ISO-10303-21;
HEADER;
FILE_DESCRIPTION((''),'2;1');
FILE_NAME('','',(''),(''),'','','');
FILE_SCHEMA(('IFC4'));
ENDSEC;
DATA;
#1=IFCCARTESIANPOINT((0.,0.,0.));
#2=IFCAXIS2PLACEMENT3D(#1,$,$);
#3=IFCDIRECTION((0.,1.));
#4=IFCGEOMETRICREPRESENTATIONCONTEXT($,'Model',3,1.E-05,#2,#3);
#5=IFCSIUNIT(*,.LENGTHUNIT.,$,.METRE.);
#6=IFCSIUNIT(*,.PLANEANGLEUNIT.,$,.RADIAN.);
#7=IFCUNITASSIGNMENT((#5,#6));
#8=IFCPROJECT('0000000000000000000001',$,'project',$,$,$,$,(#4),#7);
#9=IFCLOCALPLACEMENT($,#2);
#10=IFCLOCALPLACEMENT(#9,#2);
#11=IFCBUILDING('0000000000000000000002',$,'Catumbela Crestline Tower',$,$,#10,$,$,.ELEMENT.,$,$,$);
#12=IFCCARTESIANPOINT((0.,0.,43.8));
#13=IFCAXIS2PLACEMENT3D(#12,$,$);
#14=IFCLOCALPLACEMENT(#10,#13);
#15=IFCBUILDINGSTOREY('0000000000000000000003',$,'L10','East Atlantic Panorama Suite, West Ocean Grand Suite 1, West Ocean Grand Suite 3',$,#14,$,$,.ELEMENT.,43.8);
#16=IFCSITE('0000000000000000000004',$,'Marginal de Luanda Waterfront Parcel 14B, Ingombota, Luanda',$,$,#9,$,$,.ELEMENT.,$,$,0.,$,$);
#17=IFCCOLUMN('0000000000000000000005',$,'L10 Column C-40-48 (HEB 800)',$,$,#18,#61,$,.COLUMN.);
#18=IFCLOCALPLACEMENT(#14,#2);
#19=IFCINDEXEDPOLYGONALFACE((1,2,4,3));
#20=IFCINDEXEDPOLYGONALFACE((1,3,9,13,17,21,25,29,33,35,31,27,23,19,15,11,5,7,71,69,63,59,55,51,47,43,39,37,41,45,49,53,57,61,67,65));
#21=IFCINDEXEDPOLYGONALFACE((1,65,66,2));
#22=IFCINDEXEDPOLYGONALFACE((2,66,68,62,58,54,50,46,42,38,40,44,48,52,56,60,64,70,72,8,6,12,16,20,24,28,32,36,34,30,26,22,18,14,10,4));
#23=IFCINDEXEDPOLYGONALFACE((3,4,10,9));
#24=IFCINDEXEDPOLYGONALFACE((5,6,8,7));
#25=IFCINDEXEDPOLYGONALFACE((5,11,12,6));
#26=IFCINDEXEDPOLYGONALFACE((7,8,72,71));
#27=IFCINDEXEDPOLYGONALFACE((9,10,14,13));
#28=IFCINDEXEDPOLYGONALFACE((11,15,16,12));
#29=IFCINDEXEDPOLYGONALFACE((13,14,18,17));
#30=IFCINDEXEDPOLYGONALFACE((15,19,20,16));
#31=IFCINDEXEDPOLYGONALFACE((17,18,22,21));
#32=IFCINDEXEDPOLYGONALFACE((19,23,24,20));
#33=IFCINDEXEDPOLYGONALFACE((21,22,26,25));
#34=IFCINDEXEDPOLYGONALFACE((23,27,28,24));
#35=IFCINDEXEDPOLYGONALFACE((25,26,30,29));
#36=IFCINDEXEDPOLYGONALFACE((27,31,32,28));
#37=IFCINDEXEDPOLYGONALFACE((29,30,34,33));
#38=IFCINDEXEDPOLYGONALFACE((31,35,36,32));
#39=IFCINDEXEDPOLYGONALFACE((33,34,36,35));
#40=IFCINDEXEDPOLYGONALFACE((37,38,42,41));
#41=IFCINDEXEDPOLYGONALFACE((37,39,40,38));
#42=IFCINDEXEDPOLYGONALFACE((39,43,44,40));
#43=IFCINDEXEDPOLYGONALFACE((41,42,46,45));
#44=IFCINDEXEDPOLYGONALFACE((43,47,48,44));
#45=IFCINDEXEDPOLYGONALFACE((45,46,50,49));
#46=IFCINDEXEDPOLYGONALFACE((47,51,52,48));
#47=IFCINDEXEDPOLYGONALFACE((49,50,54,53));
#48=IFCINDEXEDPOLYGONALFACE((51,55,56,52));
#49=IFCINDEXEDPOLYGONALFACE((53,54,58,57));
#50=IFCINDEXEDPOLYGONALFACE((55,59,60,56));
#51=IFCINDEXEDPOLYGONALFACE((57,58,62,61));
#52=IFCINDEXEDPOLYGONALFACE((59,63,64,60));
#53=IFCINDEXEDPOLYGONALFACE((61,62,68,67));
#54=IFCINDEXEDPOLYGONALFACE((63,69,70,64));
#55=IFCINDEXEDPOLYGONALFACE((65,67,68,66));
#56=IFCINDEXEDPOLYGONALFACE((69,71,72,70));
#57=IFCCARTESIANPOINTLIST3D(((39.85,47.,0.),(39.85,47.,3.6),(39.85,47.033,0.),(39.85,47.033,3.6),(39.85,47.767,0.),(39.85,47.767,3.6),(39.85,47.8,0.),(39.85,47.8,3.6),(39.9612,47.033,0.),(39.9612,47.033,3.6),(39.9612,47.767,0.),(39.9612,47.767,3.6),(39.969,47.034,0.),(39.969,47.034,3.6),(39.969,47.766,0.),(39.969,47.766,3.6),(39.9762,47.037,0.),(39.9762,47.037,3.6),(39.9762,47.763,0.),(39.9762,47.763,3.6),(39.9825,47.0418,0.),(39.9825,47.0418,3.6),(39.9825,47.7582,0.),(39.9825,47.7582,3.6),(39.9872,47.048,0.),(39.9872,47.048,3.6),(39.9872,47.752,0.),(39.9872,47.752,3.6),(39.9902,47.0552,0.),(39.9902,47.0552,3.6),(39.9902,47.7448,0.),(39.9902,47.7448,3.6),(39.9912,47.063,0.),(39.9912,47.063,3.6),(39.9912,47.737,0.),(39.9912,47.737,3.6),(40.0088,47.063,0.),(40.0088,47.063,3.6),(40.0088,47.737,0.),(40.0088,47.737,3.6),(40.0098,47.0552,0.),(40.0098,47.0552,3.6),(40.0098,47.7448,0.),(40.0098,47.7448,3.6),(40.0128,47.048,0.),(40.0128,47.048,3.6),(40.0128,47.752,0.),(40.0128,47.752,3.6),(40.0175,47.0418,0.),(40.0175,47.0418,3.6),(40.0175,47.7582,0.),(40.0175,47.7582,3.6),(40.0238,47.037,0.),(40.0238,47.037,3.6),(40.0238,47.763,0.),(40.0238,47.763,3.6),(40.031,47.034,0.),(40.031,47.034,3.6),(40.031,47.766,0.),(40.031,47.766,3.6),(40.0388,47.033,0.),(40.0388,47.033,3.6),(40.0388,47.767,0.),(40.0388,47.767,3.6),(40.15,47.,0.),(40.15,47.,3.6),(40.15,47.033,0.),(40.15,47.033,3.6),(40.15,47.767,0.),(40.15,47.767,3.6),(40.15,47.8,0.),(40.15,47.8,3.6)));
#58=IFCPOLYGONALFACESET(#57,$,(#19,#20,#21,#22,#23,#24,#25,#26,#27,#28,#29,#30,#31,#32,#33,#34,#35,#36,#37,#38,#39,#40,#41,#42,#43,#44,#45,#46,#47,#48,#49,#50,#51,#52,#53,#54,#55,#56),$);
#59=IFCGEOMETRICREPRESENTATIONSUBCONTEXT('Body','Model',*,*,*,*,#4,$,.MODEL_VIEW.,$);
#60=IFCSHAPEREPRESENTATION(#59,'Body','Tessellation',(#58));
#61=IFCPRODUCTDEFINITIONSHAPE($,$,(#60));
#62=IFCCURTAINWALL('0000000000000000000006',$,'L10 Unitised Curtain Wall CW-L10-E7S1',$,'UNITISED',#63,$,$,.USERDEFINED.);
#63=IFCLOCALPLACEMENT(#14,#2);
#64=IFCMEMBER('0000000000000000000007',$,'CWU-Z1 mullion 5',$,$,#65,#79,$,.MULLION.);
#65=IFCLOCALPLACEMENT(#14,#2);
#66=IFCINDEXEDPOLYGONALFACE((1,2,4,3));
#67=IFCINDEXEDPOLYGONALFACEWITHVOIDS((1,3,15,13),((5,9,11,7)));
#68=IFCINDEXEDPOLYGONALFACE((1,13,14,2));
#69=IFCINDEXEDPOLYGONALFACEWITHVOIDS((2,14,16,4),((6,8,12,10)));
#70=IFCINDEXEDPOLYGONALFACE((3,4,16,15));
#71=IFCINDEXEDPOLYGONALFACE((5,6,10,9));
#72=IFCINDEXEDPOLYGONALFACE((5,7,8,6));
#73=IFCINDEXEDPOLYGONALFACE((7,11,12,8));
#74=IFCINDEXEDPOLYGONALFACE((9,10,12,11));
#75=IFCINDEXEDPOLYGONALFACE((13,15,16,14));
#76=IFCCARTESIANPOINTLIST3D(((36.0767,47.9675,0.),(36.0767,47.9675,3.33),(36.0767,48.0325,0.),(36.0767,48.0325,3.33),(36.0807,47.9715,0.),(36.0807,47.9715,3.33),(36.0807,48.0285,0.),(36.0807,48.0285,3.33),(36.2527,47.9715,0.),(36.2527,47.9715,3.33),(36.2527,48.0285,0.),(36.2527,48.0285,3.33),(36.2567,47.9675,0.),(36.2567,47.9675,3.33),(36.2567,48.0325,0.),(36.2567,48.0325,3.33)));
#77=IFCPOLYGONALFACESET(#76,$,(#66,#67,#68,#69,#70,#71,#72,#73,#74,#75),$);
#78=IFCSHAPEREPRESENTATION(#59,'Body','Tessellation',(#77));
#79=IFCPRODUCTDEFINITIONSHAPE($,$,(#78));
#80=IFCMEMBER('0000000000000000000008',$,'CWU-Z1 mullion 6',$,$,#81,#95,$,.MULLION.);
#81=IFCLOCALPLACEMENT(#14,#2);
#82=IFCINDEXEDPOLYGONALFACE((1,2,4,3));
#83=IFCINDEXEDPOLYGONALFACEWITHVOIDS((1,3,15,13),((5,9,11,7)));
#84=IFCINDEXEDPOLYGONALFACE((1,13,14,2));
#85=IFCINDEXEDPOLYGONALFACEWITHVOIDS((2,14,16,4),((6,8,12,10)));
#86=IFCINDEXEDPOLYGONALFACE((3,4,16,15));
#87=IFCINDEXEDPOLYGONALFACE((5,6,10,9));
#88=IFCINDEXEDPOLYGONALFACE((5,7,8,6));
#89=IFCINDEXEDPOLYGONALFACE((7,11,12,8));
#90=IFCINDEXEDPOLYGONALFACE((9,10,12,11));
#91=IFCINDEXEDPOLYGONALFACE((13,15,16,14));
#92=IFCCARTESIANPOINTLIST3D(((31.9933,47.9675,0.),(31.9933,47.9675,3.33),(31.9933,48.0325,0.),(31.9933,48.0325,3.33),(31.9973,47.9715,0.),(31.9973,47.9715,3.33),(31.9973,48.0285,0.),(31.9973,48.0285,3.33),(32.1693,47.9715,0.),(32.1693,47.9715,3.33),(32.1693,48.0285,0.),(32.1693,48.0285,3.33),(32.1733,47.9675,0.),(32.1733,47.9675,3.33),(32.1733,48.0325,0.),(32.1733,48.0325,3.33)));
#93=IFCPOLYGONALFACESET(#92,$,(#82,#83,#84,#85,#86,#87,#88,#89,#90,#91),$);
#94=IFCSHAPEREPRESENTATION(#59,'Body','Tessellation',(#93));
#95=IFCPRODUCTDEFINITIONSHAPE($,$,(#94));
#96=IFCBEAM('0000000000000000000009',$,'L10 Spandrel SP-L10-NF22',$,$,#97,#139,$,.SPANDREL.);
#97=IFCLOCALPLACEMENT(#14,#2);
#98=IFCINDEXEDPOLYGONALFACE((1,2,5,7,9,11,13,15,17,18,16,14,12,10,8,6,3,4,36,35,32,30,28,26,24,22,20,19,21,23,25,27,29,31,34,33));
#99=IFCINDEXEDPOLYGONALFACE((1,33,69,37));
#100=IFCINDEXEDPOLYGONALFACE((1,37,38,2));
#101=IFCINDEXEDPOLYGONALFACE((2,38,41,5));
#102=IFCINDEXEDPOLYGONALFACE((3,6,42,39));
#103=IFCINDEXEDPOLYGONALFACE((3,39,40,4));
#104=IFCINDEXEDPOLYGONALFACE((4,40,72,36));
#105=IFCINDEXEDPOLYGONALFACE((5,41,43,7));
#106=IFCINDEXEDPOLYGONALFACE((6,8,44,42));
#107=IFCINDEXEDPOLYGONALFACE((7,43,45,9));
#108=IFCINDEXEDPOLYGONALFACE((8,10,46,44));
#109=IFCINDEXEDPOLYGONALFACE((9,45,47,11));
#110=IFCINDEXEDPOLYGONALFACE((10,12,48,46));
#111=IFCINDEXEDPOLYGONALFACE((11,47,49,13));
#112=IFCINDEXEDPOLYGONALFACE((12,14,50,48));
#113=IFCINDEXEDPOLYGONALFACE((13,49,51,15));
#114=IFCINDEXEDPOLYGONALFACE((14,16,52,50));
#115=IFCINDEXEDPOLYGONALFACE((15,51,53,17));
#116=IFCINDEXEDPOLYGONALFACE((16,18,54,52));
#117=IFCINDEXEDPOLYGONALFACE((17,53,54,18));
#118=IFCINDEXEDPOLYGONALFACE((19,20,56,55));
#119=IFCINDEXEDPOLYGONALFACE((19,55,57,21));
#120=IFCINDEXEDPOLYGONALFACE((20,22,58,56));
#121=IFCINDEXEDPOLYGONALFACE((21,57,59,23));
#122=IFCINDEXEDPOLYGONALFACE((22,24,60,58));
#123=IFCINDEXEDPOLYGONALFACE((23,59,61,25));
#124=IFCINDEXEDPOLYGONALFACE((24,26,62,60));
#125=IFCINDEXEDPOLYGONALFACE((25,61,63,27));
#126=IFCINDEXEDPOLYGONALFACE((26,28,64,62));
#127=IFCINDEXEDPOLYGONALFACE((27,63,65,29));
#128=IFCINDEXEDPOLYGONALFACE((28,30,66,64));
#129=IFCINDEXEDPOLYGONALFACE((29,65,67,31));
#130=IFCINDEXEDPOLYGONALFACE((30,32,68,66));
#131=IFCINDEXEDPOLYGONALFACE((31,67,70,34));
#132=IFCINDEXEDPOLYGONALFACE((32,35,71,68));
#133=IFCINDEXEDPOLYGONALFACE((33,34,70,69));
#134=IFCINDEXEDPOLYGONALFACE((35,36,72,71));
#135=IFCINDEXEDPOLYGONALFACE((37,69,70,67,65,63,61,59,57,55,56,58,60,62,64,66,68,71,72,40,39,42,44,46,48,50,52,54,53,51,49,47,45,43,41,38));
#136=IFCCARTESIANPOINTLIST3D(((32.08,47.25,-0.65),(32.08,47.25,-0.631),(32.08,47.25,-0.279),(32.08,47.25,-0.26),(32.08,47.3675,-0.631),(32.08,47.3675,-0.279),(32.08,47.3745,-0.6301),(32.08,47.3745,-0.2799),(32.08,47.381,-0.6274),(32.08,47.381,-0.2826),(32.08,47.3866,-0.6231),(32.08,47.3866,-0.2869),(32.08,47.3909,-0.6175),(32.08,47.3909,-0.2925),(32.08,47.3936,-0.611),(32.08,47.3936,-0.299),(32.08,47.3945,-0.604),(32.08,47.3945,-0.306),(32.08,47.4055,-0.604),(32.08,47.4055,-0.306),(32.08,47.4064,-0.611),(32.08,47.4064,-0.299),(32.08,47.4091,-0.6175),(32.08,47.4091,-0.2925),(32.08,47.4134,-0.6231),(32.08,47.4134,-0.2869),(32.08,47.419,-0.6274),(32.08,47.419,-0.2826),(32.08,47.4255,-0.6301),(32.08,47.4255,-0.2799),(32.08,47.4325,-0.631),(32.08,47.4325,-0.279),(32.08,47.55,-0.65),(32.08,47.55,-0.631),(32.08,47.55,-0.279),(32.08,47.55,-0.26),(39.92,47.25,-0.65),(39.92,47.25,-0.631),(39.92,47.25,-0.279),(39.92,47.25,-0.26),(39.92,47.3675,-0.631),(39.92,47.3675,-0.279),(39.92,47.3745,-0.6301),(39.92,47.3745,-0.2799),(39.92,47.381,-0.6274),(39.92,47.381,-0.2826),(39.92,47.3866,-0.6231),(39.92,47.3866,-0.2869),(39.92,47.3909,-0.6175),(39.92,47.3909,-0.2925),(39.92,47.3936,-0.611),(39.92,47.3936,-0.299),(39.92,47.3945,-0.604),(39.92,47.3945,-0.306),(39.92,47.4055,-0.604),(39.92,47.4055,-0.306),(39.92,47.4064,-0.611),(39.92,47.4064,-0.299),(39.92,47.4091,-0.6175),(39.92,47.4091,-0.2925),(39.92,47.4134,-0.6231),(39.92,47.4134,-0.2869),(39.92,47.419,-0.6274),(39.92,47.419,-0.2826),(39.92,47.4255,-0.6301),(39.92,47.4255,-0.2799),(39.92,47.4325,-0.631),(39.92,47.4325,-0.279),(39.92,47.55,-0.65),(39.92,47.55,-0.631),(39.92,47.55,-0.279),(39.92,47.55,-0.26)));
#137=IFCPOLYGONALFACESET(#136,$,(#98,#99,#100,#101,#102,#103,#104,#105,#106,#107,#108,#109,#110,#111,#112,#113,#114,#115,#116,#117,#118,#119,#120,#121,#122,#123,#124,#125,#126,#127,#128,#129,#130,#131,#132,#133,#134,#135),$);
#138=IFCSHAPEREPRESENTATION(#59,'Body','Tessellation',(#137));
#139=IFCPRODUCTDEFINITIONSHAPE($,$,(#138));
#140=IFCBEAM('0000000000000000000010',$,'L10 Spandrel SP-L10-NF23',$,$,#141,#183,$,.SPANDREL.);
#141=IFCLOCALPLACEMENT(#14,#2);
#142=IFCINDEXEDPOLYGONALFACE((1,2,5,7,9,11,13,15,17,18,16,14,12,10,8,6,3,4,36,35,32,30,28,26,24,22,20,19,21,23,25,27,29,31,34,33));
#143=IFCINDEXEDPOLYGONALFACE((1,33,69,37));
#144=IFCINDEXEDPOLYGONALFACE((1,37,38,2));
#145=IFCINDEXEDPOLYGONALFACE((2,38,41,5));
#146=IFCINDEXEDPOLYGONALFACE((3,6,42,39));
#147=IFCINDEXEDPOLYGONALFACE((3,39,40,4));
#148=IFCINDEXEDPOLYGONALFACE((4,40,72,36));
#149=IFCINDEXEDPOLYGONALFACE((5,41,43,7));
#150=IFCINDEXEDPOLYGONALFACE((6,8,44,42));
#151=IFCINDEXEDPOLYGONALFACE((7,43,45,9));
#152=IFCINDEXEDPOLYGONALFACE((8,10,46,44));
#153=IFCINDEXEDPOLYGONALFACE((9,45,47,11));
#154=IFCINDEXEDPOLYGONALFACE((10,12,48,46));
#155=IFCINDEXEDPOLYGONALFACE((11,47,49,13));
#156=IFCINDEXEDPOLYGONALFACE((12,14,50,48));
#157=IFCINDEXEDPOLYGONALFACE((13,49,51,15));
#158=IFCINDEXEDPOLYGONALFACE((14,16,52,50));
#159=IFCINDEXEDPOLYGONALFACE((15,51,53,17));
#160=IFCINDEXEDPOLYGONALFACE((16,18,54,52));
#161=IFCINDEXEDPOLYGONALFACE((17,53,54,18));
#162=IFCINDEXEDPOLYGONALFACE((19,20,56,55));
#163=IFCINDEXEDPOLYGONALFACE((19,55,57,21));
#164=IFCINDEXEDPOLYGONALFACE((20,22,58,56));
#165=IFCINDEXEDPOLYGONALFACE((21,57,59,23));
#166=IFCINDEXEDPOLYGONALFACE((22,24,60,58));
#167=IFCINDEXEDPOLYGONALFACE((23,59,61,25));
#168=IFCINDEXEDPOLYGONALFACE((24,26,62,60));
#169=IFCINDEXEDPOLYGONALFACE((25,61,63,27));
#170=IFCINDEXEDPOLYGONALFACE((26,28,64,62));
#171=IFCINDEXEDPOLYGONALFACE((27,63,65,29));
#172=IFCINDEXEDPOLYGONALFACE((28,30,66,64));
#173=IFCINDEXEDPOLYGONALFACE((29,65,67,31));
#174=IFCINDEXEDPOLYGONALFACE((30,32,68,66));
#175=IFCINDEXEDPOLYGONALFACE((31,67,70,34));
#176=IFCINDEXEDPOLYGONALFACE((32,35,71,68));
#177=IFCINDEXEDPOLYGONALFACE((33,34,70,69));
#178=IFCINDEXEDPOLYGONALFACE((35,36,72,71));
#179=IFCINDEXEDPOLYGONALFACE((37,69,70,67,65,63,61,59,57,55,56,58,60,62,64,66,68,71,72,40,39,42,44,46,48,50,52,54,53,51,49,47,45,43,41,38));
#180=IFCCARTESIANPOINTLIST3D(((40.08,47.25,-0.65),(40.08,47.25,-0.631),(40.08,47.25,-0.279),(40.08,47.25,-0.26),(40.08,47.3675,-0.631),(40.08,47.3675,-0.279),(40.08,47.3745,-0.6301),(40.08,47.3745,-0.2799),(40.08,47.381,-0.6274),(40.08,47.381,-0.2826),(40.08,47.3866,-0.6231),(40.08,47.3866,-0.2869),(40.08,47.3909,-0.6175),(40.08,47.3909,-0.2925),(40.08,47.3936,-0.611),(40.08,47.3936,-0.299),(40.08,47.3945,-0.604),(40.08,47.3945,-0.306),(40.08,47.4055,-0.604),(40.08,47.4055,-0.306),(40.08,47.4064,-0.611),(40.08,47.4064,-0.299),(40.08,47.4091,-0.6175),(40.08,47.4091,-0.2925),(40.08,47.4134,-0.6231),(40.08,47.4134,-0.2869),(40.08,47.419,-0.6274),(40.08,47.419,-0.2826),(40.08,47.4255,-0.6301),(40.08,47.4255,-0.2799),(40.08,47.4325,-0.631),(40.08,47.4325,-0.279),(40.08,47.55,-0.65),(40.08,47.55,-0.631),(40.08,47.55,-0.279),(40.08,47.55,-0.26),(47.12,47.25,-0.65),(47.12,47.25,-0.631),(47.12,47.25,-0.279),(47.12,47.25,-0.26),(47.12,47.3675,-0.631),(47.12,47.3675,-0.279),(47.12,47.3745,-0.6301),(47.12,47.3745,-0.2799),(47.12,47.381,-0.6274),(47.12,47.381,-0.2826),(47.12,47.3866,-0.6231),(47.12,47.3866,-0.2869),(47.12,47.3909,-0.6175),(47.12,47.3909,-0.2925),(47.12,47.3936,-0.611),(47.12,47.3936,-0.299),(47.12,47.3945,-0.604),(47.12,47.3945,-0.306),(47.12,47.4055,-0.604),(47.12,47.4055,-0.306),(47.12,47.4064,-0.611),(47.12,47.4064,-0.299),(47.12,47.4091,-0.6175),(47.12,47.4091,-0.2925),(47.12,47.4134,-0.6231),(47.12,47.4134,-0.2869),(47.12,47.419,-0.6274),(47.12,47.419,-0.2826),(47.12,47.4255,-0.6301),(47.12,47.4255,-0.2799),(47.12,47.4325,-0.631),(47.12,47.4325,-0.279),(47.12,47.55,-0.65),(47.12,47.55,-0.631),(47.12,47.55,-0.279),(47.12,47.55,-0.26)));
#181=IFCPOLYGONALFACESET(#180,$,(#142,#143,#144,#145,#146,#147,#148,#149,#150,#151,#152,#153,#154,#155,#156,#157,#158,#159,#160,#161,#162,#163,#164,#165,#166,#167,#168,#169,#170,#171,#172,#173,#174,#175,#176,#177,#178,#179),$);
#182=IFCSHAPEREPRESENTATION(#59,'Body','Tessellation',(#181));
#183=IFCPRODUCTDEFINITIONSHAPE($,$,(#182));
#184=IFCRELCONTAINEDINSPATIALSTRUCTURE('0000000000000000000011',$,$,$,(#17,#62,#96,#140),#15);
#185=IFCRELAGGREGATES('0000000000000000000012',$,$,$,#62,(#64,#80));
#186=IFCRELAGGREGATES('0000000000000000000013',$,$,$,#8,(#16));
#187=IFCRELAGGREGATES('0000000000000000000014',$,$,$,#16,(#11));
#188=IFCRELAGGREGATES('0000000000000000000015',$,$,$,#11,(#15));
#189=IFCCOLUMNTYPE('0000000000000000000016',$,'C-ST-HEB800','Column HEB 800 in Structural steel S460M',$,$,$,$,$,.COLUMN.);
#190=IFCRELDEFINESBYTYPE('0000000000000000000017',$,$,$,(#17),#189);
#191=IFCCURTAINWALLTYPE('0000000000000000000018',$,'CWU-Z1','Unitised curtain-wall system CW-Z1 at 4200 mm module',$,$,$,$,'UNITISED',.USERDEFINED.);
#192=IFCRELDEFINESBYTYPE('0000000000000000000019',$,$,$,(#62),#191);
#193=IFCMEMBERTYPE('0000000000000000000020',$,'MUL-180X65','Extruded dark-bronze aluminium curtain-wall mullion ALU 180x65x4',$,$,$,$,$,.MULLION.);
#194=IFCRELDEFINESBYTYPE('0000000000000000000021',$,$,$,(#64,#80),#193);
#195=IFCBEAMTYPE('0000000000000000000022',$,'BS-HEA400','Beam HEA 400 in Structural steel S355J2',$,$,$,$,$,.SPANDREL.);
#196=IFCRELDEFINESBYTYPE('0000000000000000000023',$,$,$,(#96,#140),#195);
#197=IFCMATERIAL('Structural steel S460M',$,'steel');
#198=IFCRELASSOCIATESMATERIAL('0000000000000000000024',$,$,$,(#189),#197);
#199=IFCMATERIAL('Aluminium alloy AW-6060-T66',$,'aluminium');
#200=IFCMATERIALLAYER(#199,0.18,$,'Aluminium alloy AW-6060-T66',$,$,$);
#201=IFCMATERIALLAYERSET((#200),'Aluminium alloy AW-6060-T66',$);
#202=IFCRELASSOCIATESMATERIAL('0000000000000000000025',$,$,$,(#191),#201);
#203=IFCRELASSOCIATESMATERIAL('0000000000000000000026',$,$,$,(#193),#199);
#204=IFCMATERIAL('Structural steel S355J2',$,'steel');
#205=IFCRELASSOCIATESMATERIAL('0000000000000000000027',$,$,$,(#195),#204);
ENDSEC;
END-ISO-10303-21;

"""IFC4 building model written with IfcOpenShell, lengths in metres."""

from ifc_helpers import new_model, si_unit, direction, frame, origin, origin_2d, place, context, subcontext, project, spatial, hollow_rectangle, i_section, extrude, material, layer, layer_set, material_profile, profile_set, type_object, element, aggregate, save


model = new_model("IFC4")

# Units and contexts
model_context = context("Model", 3, precision=1e-05, world=origin(), true_north=direction((0.0, 1.0)))
body_context = subcontext(model_context, "Body", "Model", "MODEL_VIEW")
ifc_project = project(units=[si_unit("LENGTHUNIT", "METRE"), si_unit("PLANEANGLEUNIT", "RADIAN")], contexts=[model_context])

# Site, building, storey
site_placement = place(None, origin())
site = spatial("IfcSite", under=ifc_project, at=site_placement, Name="Marginal de Luanda Waterfront Parcel 14B, Ingombota, Luanda", CompositionType="ELEMENT", RefElevation=0.0)
building_placement = place(site_placement, origin())
building = spatial("IfcBuilding", under=site, at=building_placement, Name="Catumbela Crestline Tower", CompositionType="ELEMENT")
storey_placement = place(building_placement, frame((0.0, 0.0, 43.8)))
storey = spatial("IfcBuildingStorey", under=building, at=storey_placement, Name="L10", Description="East Atlantic Panorama Suite, West Ocean Grand Suite 1, West Ocean Grand Suite 3", CompositionType="ELEMENT", Elevation=43.8)

# Column
ifc_material_1 = material(Name="Structural steel S460M", Category="steel")
ifc_material_profile_1 = material_profile(ifc_material_1, i_section(OverallWidth=0.3, OverallDepth=0.8, WebThickness=0.0175, FlangeThickness=0.033, FilletRadius=0.03, at=origin_2d()), Name="HEB 800")
ifc_profile_set_1 = profile_set([ifc_material_profile_1], Name="Structural steel S460M")
column_type = type_object("IfcColumnType", Name="C-ST-HEB800", Description="Column HEB 800 in Structural steel S460M", PredefinedType="COLUMN", material=ifc_profile_set_1)
column_placement = place(storey_placement, frame((40.0, 47.4, 0.0), z_axis=(0.0, 0.0, 1.0), x_axis=(1.0, 0.0, 0.0)))
element("IfcColumn", 1, at=column_placement, inside=storey, type_object=column_type, Name="L10 Column C-40-48 (HEB 800)", PredefinedType="COLUMN", context=body_context, shape_type="SweptSolid", body=[
    extrude(i_section(OverallWidth=0.3, OverallDepth=0.8, WebThickness=0.0175, FlangeThickness=0.033, FilletRadius=0.03, at=origin_2d()), origin(), (0.0, 0.0, 1.0), 3.6),
])

# Curtain wall, members
ifc_material_2 = material(Name="Aluminium alloy AW-6060-T66", Category="aluminium")
ifc_layer_1 = layer(ifc_material_2, 0.18, Name="Aluminium alloy AW-6060-T66")
ifc_layer_set_1 = layer_set([ifc_layer_1], Name="Aluminium alloy AW-6060-T66")
curtain_wall_type = type_object("IfcCurtainWallType", Name="CWU-Z1", Description="Unitised curtain-wall system CW-Z1 at 4200 mm module", ElementType="UNITISED", PredefinedType="USERDEFINED", material=ifc_layer_set_1)
curtain_wall_placement = place(storey_placement, origin())
curtain_wall = element("IfcCurtainWall", 2, at=curtain_wall_placement, inside=storey, type_object=curtain_wall_type, Name="L10 Unitised Curtain Wall CW-L10-E7S1", ObjectType="UNITISED", PredefinedType="USERDEFINED")
ifc_material_profile_2 = material_profile(ifc_material_2, hollow_rectangle(XDim=0.065, YDim=0.18, WallThickness=0.004, at=origin_2d()), Name="ALU 180x65x4")
ifc_profile_set_2 = profile_set([ifc_material_profile_2], Name="Aluminium alloy AW-6060-T66")
member_type_1 = type_object("IfcMemberType", Name="MUL-180X65", Description="Extruded dark-bronze aluminium curtain-wall mullion ALU 180x65x4", PredefinedType="MULLION", material=ifc_profile_set_2)
member_1_placement = place(storey_placement, frame((36.1667, 48.0, 0.0), z_axis=(0.0, 0.0, 1.0), x_axis=(0.0, -1.0, 0.0)))
member_1 = element("IfcMember", 3, at=member_1_placement, type_object=member_type_1, Name="CWU-Z1 mullion 5", PredefinedType="MULLION", context=body_context, shape_type="SweptSolid", body=[
    extrude(hollow_rectangle(XDim=0.065, YDim=0.18, WallThickness=0.004, at=origin_2d()), origin(), (0.0, 0.0, 1.0), 3.33),
])
member_2_placement = place(storey_placement, frame((32.0833, 48.0, 0.0), z_axis=(0.0, 0.0, 1.0), x_axis=(0.0, -1.0, 0.0)))
member_2 = element("IfcMember", 4, at=member_2_placement, type_object=member_type_1, Name="CWU-Z1 mullion 6", PredefinedType="MULLION", context=body_context, shape_type="SweptSolid", body=[
    extrude(hollow_rectangle(XDim=0.065, YDim=0.18, WallThickness=0.004, at=origin_2d()), origin(), (0.0, 0.0, 1.0), 3.33),
])

# Beams
ifc_material_3 = material(Name="Structural steel S355J2", Category="steel")
ifc_material_profile_3 = material_profile(ifc_material_3, i_section(OverallWidth=0.3, OverallDepth=0.39, WebThickness=0.011, FlangeThickness=0.019, FilletRadius=0.027, at=origin_2d()), Name="HEA 400")
ifc_profile_set_3 = profile_set([ifc_material_profile_3], Name="Structural steel S355J2")
beam_type = type_object("IfcBeamType", Name="BS-HEA400", Description="Beam HEA 400 in Structural steel S355J2", PredefinedType="SPANDREL", material=ifc_profile_set_3)
beam_1_placement = place(storey_placement, frame((32.08, 47.4, -0.455), z_axis=(1.0, 0.0, 0.0), x_axis=(0.0, 1.0, 0.0)))
element("IfcBeam", 5, at=beam_1_placement, inside=storey, type_object=beam_type, Name="L10 Spandrel SP-L10-NF22", PredefinedType="SPANDREL", context=body_context, shape_type="SweptSolid", body=[
    extrude(i_section(OverallWidth=0.3, OverallDepth=0.39, WebThickness=0.011, FlangeThickness=0.019, FilletRadius=0.027, at=origin_2d()), origin(), (0.0, 0.0, 1.0), 7.84),
])
beam_2_placement = place(storey_placement, frame((40.08, 47.4, -0.455), z_axis=(1.0, 0.0, 0.0), x_axis=(0.0, 1.0, 0.0)))
element("IfcBeam", 6, at=beam_2_placement, inside=storey, type_object=beam_type, Name="L10 Spandrel SP-L10-NF23", PredefinedType="SPANDREL", context=body_context, shape_type="SweptSolid", body=[
    extrude(i_section(OverallWidth=0.3, OverallDepth=0.39, WebThickness=0.011, FlangeThickness=0.019, FilletRadius=0.027, at=origin_2d()), origin(), (0.0, 0.0, 1.0), 7.04),
])

aggregate(curtain_wall, [member_1, member_2])

save(model, "model.ifc")
